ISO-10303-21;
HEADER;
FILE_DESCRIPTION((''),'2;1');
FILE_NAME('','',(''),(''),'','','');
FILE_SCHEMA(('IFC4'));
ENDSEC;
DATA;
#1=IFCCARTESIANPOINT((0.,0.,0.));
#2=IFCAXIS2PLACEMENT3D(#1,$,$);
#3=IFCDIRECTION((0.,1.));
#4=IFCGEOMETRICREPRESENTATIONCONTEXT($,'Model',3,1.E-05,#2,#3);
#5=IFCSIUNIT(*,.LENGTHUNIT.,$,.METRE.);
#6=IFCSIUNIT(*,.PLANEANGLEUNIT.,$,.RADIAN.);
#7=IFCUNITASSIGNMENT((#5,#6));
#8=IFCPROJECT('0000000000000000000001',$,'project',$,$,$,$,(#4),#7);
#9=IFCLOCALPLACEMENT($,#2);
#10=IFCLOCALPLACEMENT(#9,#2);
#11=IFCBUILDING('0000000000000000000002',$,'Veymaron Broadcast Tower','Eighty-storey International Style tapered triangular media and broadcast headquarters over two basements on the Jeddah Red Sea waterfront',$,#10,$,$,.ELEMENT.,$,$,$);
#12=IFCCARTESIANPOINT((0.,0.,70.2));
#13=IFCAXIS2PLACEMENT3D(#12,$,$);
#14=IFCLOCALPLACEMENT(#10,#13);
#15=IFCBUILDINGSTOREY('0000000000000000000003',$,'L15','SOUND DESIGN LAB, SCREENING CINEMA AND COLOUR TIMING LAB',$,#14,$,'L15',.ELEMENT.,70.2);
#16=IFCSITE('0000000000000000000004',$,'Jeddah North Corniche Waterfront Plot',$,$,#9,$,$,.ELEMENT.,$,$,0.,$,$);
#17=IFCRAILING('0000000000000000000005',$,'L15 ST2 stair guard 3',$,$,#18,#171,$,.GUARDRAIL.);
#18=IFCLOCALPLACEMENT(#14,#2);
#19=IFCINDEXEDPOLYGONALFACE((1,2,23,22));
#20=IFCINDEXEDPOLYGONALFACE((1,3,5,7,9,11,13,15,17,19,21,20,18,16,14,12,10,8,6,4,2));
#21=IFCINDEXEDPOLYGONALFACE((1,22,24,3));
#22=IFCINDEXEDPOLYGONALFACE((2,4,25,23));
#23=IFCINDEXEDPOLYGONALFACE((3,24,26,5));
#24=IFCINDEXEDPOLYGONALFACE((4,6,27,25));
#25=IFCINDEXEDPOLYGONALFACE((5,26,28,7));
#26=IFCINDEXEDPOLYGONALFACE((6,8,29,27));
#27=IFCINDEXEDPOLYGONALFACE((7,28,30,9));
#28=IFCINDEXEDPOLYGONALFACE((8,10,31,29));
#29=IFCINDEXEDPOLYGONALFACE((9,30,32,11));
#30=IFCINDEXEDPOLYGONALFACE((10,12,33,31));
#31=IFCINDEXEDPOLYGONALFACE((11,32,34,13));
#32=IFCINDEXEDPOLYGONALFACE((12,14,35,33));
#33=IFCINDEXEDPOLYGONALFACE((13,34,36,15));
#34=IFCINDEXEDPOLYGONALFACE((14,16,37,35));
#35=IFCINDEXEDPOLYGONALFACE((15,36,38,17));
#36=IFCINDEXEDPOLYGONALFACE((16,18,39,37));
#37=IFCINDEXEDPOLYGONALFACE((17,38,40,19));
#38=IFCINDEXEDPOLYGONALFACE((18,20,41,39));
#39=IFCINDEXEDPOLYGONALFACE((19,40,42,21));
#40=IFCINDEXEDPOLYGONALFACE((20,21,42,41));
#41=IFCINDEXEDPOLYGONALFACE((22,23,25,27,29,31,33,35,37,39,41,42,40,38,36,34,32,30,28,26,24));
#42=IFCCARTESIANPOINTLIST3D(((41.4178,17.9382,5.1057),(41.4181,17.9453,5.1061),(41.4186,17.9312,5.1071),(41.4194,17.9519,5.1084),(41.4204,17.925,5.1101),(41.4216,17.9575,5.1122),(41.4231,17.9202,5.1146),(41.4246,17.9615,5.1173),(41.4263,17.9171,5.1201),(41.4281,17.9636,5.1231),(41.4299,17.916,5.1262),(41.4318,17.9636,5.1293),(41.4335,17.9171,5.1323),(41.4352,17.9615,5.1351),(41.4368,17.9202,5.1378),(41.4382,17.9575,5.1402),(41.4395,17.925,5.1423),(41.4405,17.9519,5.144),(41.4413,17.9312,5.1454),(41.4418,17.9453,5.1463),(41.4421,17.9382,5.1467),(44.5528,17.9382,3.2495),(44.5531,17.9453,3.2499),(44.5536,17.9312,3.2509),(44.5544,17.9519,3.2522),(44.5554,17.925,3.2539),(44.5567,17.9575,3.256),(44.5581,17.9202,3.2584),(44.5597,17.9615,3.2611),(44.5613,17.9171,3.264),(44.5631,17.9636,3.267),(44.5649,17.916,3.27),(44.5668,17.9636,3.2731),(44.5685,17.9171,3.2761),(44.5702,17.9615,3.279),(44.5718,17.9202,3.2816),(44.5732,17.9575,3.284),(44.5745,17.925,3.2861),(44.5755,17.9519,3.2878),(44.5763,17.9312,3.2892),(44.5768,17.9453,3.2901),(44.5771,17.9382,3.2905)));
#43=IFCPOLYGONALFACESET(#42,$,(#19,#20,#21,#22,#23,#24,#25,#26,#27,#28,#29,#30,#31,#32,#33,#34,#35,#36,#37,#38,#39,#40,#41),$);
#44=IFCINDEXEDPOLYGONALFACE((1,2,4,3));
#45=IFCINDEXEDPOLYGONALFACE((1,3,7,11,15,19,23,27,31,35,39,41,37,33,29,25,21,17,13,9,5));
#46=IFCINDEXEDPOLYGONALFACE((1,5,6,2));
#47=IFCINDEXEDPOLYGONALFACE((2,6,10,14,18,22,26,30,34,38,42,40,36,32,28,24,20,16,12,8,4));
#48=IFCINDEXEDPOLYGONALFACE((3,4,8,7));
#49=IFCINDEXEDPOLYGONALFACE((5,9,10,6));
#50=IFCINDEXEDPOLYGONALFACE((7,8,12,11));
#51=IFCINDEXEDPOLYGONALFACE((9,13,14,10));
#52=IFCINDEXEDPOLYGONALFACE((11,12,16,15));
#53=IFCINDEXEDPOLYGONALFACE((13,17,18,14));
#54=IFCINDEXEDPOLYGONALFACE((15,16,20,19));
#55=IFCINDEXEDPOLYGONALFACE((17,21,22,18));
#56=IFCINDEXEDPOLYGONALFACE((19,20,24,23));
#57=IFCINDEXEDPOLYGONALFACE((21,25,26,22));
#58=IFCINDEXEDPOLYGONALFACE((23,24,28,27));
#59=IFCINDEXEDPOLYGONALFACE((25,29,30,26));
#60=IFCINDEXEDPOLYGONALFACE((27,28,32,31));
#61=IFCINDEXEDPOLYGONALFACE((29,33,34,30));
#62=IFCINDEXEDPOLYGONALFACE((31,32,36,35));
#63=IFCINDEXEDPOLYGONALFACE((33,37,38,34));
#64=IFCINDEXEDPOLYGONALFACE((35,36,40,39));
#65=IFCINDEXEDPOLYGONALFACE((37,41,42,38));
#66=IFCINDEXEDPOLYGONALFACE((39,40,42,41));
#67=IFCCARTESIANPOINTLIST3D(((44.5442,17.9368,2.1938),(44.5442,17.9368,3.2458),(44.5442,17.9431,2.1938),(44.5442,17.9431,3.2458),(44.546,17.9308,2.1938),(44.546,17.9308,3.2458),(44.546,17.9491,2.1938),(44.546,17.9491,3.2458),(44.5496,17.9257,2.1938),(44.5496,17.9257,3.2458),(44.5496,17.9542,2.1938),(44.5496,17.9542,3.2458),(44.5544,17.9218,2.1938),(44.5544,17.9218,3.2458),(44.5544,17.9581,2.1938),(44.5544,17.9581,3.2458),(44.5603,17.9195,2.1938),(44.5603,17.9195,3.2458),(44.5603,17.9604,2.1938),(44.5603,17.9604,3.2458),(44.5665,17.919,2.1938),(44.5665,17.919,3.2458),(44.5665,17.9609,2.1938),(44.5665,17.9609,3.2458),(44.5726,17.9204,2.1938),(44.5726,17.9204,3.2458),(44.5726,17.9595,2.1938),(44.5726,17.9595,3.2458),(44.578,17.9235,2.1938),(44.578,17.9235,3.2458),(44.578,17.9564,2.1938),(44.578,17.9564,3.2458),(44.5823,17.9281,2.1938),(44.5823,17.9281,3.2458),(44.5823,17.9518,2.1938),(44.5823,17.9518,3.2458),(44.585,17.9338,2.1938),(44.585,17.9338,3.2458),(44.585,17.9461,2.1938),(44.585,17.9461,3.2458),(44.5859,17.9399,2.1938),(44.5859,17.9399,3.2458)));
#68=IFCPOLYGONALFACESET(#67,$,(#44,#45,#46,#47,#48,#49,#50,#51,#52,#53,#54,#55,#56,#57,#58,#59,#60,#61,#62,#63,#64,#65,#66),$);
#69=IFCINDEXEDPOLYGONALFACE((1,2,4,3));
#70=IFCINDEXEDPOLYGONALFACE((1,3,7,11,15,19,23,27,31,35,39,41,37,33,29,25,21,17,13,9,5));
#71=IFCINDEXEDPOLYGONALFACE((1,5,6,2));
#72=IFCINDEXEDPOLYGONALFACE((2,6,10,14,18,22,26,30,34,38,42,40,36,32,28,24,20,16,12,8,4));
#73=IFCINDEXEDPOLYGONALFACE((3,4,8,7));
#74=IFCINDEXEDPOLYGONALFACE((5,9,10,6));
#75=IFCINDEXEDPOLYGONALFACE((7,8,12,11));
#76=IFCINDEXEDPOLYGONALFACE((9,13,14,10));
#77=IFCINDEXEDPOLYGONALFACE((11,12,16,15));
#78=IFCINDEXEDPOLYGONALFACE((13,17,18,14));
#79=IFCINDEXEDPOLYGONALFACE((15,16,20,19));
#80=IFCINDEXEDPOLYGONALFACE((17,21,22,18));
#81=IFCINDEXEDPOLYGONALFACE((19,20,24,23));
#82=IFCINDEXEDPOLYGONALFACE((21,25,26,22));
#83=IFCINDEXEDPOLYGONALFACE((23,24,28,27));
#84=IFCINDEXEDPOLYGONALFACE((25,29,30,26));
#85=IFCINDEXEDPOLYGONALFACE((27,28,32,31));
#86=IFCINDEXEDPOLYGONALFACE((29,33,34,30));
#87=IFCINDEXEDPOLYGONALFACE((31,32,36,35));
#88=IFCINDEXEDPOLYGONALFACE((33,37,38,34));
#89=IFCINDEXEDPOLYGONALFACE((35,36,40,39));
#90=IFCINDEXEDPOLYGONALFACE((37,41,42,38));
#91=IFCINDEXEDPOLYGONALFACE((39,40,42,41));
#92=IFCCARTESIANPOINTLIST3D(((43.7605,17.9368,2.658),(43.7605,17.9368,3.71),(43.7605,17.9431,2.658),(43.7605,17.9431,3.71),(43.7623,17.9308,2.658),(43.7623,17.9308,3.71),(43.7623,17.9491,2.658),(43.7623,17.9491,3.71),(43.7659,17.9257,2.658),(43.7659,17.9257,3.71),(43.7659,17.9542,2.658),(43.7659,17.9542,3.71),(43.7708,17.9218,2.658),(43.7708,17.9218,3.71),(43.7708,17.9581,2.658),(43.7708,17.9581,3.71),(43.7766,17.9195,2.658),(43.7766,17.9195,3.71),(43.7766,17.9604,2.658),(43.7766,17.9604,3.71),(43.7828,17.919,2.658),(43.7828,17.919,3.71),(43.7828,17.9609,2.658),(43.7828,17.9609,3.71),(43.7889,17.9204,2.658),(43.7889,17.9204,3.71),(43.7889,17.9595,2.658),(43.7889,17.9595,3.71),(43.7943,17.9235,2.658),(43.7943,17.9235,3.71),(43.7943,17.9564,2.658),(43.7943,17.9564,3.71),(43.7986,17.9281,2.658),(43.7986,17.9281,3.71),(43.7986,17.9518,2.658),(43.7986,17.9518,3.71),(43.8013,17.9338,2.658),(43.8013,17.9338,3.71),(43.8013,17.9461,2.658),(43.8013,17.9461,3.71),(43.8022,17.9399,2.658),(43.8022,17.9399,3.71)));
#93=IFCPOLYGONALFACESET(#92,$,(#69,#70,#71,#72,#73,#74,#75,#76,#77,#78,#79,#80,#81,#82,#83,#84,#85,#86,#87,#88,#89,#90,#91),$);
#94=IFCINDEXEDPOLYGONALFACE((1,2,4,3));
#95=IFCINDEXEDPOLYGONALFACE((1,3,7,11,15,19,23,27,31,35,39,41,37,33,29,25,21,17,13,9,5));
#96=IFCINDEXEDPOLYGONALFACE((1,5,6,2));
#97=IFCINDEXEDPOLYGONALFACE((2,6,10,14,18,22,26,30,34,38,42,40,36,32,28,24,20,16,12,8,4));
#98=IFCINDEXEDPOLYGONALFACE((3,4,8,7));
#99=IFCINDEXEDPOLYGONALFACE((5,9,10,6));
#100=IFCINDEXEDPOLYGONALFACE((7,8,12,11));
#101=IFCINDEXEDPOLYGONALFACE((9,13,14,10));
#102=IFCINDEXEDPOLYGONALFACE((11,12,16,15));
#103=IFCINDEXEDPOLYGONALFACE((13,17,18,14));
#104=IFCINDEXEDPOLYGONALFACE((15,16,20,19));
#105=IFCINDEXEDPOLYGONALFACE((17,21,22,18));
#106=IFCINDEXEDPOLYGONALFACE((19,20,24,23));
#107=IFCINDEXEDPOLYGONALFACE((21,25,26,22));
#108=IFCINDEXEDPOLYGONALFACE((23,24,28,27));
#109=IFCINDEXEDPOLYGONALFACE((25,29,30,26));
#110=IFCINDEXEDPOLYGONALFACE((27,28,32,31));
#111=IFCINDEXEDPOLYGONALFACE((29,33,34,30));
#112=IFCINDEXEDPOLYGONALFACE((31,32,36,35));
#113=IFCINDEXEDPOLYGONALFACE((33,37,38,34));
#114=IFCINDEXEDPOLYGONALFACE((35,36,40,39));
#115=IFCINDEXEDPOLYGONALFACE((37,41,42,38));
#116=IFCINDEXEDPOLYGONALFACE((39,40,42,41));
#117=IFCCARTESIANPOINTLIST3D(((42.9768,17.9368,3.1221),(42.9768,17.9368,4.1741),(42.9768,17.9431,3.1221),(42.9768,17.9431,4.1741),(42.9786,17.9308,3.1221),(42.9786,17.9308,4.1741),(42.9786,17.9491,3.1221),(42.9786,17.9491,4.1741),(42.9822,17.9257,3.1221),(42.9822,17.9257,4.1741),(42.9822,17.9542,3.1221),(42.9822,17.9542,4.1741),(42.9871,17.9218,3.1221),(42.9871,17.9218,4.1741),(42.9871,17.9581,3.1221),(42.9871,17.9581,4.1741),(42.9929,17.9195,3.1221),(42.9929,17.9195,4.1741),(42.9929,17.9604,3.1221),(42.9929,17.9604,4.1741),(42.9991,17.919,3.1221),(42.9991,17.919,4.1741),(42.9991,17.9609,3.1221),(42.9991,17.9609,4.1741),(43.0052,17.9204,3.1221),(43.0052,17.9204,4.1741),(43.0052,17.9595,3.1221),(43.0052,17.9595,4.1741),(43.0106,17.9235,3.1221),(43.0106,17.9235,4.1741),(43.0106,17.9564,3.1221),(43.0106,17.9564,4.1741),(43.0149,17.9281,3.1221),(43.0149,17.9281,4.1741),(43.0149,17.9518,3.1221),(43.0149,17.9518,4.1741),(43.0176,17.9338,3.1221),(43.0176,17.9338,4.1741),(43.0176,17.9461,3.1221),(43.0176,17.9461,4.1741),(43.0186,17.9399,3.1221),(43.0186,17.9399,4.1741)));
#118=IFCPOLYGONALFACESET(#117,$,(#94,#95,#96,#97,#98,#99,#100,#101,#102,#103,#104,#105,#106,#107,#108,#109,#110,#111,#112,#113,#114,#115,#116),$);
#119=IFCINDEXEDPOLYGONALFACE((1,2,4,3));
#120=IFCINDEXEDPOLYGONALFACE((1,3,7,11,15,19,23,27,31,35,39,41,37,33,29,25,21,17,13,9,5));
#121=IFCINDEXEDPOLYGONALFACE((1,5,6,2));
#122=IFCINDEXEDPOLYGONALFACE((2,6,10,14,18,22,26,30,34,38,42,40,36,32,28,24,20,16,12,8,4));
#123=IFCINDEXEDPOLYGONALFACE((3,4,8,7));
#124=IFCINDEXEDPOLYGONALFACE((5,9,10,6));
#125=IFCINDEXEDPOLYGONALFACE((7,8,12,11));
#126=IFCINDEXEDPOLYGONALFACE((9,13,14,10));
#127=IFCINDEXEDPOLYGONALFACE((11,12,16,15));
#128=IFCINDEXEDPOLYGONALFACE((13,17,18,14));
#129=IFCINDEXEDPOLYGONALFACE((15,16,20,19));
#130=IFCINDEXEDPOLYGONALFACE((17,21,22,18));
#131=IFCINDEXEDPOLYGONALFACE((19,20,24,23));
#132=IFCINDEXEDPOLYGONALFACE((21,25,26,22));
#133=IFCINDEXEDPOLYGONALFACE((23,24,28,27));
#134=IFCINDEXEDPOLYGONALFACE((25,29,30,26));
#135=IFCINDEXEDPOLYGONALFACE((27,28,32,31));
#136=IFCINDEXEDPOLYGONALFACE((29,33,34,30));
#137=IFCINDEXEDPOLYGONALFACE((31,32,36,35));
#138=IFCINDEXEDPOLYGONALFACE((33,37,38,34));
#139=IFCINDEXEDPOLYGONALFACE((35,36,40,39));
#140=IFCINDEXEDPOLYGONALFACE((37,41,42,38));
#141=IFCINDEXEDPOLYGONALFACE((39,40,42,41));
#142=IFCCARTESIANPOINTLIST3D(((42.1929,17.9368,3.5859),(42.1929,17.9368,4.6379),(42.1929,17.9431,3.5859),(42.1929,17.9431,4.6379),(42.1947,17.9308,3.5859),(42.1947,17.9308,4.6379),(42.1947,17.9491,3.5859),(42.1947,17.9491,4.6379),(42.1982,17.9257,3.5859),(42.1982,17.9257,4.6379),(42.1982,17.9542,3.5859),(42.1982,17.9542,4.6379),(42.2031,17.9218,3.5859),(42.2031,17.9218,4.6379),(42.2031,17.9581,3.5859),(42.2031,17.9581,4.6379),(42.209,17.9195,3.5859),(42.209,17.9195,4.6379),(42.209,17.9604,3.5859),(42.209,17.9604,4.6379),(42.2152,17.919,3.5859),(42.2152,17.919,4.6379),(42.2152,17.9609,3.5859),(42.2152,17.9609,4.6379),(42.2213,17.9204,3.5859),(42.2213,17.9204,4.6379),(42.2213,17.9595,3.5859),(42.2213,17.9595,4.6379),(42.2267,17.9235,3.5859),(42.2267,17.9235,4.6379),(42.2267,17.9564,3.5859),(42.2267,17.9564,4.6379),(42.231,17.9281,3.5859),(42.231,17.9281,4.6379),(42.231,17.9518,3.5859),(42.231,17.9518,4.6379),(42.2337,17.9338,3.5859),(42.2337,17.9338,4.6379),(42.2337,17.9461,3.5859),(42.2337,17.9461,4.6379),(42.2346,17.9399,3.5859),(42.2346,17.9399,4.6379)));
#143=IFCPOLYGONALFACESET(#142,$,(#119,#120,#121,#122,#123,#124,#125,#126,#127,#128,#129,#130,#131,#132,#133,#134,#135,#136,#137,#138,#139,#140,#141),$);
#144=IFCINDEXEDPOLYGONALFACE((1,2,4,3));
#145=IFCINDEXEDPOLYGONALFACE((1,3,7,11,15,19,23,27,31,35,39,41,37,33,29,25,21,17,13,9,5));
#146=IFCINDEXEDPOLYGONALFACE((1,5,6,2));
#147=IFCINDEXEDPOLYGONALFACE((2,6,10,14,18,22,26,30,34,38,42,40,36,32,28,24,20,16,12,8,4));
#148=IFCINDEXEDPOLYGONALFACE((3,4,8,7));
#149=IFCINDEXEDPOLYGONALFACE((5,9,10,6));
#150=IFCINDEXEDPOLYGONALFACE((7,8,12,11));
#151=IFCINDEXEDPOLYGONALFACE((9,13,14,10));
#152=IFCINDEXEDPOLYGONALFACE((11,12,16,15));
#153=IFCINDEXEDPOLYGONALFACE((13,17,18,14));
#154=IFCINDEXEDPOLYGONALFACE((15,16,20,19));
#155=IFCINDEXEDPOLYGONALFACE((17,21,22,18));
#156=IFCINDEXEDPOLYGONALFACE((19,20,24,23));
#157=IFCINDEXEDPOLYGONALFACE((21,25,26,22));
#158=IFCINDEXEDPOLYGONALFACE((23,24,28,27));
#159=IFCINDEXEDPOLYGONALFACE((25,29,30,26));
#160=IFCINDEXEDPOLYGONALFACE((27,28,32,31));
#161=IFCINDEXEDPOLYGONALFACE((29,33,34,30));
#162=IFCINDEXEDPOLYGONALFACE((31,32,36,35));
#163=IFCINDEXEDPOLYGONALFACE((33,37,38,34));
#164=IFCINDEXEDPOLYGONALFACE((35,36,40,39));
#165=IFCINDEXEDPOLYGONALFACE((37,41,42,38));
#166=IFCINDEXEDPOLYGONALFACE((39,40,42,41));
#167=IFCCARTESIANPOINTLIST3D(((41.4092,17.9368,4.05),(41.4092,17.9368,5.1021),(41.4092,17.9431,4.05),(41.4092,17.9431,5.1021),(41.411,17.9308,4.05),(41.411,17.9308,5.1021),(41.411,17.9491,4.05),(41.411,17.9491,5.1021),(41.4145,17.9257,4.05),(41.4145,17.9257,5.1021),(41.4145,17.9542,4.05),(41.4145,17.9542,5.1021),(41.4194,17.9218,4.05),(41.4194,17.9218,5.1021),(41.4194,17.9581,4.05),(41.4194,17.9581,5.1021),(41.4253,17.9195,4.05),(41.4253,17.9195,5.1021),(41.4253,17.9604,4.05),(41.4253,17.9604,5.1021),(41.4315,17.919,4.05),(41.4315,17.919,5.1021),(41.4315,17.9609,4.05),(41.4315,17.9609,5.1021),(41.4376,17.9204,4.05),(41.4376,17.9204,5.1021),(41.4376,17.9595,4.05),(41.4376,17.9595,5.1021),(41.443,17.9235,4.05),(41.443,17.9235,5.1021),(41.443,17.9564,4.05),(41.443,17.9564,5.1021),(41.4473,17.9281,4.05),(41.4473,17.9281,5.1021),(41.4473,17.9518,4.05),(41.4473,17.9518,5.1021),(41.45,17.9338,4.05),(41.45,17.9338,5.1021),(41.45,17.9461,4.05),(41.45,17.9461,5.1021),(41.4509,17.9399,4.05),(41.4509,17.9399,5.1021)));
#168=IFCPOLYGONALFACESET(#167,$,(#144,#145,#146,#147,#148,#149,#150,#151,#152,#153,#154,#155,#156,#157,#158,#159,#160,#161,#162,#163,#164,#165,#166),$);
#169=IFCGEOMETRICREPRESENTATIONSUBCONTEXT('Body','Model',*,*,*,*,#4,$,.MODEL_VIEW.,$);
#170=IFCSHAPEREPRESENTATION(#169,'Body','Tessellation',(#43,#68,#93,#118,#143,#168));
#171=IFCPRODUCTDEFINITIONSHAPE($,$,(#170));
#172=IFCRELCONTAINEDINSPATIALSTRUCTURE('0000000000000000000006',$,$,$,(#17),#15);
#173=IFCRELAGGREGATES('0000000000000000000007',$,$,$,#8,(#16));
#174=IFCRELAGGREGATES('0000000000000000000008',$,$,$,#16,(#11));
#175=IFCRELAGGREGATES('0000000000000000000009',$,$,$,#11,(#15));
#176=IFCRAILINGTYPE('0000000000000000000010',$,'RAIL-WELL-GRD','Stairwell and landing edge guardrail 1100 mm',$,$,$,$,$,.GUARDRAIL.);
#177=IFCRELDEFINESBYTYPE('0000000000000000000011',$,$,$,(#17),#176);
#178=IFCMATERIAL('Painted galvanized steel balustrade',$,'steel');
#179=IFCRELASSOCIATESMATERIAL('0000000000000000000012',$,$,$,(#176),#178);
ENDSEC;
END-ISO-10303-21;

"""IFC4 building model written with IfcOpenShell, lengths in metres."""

from ifc_helpers import new_model, si_unit, direction, frame, origin, origin_2d, place, context, subcontext, project, spatial, circle, extrude, material, type_object, element, save


model = new_model("IFC4")

# Units and contexts
model_context = context("Model", 3, precision=1e-05, world=origin(), true_north=direction((0.0, 1.0)))
body_context = subcontext(model_context, "Body", "Model", "MODEL_VIEW")
ifc_project = project(units=[si_unit("LENGTHUNIT", "METRE"), si_unit("PLANEANGLEUNIT", "RADIAN")], contexts=[model_context])

# Site, building, storey
site_placement = place(None, origin())
site = spatial("IfcSite", under=ifc_project, at=site_placement, Name="Jeddah North Corniche Waterfront Plot", CompositionType="ELEMENT", RefElevation=0.0)
building_placement = place(site_placement, origin())
building = spatial("IfcBuilding", under=site, at=building_placement, Name="Veymaron Broadcast Tower", Description="Eighty-storey International Style tapered triangular media and broadcast headquarters over two basements on the Jeddah Red Sea waterfront", CompositionType="ELEMENT")
storey_placement = place(building_placement, frame((0.0, 0.0, 70.2)))
storey = spatial("IfcBuildingStorey", under=building, at=storey_placement, Name="L15", Description="SOUND DESIGN LAB, SCREENING CINEMA AND COLOUR TIMING LAB", LongName="L15", CompositionType="ELEMENT", Elevation=70.2)

# Railing
ifc_material_1 = material(Name="Painted galvanized steel balustrade", Category="steel")
railing_type_1 = type_object("IfcRailingType", Name="RAIL-WELL-GRD", Description="Stairwell and landing edge guardrail 1100 mm", PredefinedType="GUARDRAIL", material=ifc_material_1)
railing_1_placement = place(storey_placement, frame((44.5649, 17.9399, 2.1938)))
element("IfcRailing", 1, at=railing_1_placement, inside=storey, type_object=railing_type_1, Name="L15 ST2 stair guard 3", PredefinedType="GUARDRAIL", context=body_context, shape_type="SweptSolid", body=[
    extrude(circle(Radius=0.0239, at=origin_2d()), frame((0.0, 0.0, 1.0762), z_axis=(-0.860482, 0.0, 0.509481), x_axis=(0.0, -1.0, 0.0)), (0.0, 0.0, 1.0), 3.6433),
    extrude(circle(Radius=0.021, at=origin_2d()), origin(), (0.0, 0.0, 1.0), 1.052),
    extrude(circle(Radius=0.021, at=origin_2d()), frame((-0.7837, 0.0, 0.4641)), (0.0, 0.0, 1.0), 1.052),
    extrude(circle(Radius=0.021, at=origin_2d()), frame((-1.5674, 0.0, 0.9282)), (0.0, 0.0, 1.0), 1.052),
    extrude(circle(Radius=0.021, at=origin_2d()), frame((-2.3513, 0.0, 1.3921)), (0.0, 0.0, 1.0), 1.052),
    extrude(circle(Radius=0.021, at=origin_2d()), frame((-3.135, 0.0, 1.8562)), (0.0, 0.0, 1.0), 1.052),
])

save(model, "model.ifc")
